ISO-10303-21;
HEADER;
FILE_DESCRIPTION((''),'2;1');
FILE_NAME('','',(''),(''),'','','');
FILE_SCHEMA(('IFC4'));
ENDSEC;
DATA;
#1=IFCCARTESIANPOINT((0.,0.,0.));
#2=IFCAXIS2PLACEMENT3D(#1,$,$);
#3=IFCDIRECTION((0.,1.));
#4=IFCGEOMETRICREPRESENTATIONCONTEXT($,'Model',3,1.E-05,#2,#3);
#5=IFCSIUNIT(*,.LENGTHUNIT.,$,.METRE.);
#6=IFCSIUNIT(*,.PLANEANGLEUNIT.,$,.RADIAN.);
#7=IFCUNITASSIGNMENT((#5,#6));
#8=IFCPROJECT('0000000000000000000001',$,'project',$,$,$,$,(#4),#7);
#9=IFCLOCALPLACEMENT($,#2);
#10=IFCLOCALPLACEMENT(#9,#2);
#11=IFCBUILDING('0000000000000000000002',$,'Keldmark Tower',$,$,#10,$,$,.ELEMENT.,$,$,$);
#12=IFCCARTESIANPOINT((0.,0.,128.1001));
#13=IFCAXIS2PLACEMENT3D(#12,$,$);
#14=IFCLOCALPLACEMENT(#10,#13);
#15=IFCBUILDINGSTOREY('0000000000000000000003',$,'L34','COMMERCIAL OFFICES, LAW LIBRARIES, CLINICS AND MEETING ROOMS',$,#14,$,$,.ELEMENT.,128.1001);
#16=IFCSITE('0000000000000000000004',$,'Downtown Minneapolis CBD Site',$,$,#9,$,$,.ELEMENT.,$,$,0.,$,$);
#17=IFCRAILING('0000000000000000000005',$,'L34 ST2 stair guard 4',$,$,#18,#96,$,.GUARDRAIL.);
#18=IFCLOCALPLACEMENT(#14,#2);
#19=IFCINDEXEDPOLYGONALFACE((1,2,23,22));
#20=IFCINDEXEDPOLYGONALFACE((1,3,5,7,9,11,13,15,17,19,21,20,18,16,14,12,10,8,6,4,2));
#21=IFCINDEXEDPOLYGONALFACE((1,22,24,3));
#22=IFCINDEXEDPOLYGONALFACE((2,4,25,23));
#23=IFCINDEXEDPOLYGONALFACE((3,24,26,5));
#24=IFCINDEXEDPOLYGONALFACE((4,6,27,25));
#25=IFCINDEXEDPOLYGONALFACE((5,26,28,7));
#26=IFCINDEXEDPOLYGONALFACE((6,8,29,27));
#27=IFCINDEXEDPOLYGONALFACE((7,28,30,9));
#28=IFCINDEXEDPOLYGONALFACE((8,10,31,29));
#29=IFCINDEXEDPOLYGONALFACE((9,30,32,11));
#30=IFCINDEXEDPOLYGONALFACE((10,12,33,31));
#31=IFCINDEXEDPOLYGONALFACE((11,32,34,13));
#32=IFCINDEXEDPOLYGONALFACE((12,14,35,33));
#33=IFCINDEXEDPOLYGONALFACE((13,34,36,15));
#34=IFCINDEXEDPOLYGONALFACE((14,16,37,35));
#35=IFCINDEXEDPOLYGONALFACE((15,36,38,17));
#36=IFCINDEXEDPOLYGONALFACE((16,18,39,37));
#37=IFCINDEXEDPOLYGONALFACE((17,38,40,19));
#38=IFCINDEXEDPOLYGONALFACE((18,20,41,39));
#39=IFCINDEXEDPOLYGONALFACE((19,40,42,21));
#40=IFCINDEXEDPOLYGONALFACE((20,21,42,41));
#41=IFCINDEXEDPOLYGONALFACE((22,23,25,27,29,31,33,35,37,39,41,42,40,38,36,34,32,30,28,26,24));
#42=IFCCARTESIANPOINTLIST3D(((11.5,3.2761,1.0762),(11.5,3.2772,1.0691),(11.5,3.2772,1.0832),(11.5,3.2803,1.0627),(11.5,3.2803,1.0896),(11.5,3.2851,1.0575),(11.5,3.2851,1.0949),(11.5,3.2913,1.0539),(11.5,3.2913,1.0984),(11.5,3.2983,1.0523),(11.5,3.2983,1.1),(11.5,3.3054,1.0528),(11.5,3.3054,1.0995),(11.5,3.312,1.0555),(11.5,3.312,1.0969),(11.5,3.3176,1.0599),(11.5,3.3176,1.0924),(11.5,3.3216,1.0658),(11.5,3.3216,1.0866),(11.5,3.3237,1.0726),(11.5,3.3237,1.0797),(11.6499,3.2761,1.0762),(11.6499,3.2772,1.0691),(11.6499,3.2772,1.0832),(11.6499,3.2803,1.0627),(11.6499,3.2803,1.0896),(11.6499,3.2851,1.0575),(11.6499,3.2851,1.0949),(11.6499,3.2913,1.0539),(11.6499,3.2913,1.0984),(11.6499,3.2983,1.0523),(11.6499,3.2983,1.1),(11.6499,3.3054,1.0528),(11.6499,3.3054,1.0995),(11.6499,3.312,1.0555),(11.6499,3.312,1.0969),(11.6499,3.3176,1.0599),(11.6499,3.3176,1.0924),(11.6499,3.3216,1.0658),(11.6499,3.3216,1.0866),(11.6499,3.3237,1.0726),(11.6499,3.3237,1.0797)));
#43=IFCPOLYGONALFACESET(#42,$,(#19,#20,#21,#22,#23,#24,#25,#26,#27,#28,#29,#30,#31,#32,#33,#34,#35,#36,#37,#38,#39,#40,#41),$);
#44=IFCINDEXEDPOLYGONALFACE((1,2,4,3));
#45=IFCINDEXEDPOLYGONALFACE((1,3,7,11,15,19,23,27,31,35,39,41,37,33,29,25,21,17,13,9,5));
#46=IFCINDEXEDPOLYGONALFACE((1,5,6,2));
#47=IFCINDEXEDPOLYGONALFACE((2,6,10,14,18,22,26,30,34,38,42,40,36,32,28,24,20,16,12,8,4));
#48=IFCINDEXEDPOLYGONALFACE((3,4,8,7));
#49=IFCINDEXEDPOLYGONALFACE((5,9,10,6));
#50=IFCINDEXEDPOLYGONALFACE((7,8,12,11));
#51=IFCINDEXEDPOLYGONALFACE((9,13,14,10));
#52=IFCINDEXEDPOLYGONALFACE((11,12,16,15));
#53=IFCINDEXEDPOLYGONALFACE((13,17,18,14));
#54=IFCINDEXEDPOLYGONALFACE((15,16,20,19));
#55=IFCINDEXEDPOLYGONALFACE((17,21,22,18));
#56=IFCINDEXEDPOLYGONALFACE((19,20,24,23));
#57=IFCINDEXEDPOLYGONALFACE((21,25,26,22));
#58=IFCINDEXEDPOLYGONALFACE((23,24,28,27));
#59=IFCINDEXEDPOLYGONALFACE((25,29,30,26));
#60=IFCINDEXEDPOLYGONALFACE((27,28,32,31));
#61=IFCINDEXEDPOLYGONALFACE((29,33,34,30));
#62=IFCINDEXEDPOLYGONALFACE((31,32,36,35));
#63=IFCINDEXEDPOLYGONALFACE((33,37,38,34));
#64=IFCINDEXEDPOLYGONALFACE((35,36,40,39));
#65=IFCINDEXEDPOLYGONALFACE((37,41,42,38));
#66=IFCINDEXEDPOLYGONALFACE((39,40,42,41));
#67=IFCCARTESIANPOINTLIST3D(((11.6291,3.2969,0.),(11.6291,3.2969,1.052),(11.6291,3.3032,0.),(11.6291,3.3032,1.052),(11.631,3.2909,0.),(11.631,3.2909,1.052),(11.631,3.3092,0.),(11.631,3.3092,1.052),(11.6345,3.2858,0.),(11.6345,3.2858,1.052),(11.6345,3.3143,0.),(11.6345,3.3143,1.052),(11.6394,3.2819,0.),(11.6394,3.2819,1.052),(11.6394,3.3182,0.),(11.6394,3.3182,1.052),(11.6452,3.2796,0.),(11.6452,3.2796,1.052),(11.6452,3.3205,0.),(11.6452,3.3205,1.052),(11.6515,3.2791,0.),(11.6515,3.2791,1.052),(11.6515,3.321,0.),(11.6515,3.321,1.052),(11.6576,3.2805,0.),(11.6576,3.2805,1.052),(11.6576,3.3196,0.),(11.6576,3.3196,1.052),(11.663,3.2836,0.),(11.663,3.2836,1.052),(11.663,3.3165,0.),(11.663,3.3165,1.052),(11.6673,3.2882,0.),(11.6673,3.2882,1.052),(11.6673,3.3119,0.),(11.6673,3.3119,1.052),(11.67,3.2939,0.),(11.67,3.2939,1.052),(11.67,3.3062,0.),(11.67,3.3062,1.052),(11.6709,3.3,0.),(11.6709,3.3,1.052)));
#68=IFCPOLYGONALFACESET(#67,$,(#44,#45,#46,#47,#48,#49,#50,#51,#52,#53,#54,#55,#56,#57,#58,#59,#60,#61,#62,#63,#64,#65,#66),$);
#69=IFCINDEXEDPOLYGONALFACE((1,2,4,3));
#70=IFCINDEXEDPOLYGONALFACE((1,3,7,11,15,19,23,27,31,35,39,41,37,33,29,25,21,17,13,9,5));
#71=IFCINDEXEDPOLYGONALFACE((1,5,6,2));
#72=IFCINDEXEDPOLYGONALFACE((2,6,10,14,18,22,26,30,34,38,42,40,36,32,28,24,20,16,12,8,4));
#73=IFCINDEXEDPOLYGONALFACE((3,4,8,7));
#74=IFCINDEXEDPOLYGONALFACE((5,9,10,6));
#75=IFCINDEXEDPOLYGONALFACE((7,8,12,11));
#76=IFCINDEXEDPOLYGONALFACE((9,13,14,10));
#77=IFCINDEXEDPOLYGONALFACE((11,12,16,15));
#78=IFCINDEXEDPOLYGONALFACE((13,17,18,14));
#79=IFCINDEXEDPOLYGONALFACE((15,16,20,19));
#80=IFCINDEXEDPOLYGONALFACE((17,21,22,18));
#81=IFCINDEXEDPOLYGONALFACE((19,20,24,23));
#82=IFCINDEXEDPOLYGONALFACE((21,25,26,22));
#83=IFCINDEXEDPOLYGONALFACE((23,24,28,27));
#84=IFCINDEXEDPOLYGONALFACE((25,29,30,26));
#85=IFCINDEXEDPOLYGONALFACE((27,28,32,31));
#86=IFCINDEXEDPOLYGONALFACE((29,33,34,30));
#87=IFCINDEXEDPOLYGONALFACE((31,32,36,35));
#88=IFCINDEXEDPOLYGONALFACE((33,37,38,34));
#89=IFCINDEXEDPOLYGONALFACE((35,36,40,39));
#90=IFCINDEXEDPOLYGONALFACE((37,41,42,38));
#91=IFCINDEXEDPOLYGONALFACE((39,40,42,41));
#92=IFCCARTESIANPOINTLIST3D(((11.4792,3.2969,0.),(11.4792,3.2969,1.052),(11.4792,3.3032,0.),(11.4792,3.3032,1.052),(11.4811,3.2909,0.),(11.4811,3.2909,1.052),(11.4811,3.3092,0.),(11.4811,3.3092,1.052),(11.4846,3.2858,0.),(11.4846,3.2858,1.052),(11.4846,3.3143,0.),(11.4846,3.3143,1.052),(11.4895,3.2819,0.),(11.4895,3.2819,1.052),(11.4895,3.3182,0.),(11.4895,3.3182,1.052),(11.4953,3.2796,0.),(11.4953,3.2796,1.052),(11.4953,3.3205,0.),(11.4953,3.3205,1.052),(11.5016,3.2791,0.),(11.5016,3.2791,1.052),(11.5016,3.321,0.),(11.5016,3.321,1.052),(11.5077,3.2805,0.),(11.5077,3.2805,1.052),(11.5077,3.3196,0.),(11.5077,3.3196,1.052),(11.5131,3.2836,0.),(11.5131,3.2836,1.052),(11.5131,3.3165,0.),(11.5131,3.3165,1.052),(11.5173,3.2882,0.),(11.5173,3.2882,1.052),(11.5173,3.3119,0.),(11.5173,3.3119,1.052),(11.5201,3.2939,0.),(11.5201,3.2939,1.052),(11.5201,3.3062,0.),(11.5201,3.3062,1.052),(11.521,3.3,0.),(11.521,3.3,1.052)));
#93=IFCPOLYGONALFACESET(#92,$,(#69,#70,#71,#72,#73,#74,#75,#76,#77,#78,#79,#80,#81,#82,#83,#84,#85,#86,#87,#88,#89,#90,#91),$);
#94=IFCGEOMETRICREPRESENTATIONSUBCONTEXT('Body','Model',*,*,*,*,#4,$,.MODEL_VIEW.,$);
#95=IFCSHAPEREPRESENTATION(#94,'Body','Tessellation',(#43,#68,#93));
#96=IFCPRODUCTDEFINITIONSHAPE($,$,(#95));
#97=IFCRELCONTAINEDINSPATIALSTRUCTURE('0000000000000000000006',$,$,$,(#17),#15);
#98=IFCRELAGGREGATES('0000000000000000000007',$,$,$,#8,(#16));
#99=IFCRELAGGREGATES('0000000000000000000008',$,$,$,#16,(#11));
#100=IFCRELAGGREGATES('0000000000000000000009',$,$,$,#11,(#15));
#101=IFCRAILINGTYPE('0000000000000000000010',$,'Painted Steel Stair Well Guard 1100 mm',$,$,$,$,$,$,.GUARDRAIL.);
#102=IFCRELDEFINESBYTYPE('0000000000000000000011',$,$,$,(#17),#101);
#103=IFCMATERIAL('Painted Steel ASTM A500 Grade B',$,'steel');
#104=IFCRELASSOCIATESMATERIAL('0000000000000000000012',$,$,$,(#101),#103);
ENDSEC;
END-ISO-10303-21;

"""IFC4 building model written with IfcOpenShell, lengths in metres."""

from ifc_helpers import new_model, si_unit, direction, frame, origin, origin_2d, place, context, subcontext, project, spatial, circle, extrude, material, type_object, element, save


model = new_model("IFC4")

# Units and contexts
model_context = context("Model", 3, precision=1e-05, world=origin(), true_north=direction((0.0, 1.0)))
body_context = subcontext(model_context, "Body", "Model", "MODEL_VIEW")
ifc_project = project(units=[si_unit("LENGTHUNIT", "METRE"), si_unit("PLANEANGLEUNIT", "RADIAN")], contexts=[model_context])

# Site, building, storey
site_placement = place(None, origin())
site = spatial("IfcSite", under=ifc_project, at=site_placement, Name="Downtown Minneapolis CBD Site", CompositionType="ELEMENT", RefElevation=0.0)
building_placement = place(site_placement, origin())
building = spatial("IfcBuilding", under=site, at=building_placement, Name="Keldmark Tower", CompositionType="ELEMENT")
storey_placement = place(building_placement, frame((0.0, 0.0, 128.1001)))
storey = spatial("IfcBuildingStorey", under=building, at=storey_placement, Name="L34", Description="COMMERCIAL OFFICES, LAW LIBRARIES, CLINICS AND MEETING ROOMS", CompositionType="ELEMENT", Elevation=128.1001)

# Railing
ifc_material_1 = material(Name="Painted Steel ASTM A500 Grade B", Category="steel")
railing_type_1 = type_object("IfcRailingType", Name="Painted Steel Stair Well Guard 1100 mm", PredefinedType="GUARDRAIL", material=ifc_material_1)
railing_1_placement = place(storey_placement, frame((11.6499, 3.3, 0.0)))
element("IfcRailing", 1, at=railing_1_placement, inside=storey, type_object=railing_type_1, Name="L34 ST2 stair guard 4", PredefinedType="GUARDRAIL", context=body_context, shape_type="SweptSolid", body=[
    extrude(circle(Radius=0.0239, at=origin_2d()), frame((0.0, 0.0, 1.0762), z_axis=(-1.0, 0.0, 0.0), x_axis=(0.0, -1.0, 0.0)), (0.0, 0.0, 1.0), 0.1499),
    extrude(circle(Radius=0.021, at=origin_2d()), origin(), (0.0, 0.0, 1.0), 1.052),
    extrude(circle(Radius=0.021, at=origin_2d()), frame((-0.1499, 0.0, 0.0)), (0.0, 0.0, 1.0), 1.052),
])

save(model, "model.ifc")
